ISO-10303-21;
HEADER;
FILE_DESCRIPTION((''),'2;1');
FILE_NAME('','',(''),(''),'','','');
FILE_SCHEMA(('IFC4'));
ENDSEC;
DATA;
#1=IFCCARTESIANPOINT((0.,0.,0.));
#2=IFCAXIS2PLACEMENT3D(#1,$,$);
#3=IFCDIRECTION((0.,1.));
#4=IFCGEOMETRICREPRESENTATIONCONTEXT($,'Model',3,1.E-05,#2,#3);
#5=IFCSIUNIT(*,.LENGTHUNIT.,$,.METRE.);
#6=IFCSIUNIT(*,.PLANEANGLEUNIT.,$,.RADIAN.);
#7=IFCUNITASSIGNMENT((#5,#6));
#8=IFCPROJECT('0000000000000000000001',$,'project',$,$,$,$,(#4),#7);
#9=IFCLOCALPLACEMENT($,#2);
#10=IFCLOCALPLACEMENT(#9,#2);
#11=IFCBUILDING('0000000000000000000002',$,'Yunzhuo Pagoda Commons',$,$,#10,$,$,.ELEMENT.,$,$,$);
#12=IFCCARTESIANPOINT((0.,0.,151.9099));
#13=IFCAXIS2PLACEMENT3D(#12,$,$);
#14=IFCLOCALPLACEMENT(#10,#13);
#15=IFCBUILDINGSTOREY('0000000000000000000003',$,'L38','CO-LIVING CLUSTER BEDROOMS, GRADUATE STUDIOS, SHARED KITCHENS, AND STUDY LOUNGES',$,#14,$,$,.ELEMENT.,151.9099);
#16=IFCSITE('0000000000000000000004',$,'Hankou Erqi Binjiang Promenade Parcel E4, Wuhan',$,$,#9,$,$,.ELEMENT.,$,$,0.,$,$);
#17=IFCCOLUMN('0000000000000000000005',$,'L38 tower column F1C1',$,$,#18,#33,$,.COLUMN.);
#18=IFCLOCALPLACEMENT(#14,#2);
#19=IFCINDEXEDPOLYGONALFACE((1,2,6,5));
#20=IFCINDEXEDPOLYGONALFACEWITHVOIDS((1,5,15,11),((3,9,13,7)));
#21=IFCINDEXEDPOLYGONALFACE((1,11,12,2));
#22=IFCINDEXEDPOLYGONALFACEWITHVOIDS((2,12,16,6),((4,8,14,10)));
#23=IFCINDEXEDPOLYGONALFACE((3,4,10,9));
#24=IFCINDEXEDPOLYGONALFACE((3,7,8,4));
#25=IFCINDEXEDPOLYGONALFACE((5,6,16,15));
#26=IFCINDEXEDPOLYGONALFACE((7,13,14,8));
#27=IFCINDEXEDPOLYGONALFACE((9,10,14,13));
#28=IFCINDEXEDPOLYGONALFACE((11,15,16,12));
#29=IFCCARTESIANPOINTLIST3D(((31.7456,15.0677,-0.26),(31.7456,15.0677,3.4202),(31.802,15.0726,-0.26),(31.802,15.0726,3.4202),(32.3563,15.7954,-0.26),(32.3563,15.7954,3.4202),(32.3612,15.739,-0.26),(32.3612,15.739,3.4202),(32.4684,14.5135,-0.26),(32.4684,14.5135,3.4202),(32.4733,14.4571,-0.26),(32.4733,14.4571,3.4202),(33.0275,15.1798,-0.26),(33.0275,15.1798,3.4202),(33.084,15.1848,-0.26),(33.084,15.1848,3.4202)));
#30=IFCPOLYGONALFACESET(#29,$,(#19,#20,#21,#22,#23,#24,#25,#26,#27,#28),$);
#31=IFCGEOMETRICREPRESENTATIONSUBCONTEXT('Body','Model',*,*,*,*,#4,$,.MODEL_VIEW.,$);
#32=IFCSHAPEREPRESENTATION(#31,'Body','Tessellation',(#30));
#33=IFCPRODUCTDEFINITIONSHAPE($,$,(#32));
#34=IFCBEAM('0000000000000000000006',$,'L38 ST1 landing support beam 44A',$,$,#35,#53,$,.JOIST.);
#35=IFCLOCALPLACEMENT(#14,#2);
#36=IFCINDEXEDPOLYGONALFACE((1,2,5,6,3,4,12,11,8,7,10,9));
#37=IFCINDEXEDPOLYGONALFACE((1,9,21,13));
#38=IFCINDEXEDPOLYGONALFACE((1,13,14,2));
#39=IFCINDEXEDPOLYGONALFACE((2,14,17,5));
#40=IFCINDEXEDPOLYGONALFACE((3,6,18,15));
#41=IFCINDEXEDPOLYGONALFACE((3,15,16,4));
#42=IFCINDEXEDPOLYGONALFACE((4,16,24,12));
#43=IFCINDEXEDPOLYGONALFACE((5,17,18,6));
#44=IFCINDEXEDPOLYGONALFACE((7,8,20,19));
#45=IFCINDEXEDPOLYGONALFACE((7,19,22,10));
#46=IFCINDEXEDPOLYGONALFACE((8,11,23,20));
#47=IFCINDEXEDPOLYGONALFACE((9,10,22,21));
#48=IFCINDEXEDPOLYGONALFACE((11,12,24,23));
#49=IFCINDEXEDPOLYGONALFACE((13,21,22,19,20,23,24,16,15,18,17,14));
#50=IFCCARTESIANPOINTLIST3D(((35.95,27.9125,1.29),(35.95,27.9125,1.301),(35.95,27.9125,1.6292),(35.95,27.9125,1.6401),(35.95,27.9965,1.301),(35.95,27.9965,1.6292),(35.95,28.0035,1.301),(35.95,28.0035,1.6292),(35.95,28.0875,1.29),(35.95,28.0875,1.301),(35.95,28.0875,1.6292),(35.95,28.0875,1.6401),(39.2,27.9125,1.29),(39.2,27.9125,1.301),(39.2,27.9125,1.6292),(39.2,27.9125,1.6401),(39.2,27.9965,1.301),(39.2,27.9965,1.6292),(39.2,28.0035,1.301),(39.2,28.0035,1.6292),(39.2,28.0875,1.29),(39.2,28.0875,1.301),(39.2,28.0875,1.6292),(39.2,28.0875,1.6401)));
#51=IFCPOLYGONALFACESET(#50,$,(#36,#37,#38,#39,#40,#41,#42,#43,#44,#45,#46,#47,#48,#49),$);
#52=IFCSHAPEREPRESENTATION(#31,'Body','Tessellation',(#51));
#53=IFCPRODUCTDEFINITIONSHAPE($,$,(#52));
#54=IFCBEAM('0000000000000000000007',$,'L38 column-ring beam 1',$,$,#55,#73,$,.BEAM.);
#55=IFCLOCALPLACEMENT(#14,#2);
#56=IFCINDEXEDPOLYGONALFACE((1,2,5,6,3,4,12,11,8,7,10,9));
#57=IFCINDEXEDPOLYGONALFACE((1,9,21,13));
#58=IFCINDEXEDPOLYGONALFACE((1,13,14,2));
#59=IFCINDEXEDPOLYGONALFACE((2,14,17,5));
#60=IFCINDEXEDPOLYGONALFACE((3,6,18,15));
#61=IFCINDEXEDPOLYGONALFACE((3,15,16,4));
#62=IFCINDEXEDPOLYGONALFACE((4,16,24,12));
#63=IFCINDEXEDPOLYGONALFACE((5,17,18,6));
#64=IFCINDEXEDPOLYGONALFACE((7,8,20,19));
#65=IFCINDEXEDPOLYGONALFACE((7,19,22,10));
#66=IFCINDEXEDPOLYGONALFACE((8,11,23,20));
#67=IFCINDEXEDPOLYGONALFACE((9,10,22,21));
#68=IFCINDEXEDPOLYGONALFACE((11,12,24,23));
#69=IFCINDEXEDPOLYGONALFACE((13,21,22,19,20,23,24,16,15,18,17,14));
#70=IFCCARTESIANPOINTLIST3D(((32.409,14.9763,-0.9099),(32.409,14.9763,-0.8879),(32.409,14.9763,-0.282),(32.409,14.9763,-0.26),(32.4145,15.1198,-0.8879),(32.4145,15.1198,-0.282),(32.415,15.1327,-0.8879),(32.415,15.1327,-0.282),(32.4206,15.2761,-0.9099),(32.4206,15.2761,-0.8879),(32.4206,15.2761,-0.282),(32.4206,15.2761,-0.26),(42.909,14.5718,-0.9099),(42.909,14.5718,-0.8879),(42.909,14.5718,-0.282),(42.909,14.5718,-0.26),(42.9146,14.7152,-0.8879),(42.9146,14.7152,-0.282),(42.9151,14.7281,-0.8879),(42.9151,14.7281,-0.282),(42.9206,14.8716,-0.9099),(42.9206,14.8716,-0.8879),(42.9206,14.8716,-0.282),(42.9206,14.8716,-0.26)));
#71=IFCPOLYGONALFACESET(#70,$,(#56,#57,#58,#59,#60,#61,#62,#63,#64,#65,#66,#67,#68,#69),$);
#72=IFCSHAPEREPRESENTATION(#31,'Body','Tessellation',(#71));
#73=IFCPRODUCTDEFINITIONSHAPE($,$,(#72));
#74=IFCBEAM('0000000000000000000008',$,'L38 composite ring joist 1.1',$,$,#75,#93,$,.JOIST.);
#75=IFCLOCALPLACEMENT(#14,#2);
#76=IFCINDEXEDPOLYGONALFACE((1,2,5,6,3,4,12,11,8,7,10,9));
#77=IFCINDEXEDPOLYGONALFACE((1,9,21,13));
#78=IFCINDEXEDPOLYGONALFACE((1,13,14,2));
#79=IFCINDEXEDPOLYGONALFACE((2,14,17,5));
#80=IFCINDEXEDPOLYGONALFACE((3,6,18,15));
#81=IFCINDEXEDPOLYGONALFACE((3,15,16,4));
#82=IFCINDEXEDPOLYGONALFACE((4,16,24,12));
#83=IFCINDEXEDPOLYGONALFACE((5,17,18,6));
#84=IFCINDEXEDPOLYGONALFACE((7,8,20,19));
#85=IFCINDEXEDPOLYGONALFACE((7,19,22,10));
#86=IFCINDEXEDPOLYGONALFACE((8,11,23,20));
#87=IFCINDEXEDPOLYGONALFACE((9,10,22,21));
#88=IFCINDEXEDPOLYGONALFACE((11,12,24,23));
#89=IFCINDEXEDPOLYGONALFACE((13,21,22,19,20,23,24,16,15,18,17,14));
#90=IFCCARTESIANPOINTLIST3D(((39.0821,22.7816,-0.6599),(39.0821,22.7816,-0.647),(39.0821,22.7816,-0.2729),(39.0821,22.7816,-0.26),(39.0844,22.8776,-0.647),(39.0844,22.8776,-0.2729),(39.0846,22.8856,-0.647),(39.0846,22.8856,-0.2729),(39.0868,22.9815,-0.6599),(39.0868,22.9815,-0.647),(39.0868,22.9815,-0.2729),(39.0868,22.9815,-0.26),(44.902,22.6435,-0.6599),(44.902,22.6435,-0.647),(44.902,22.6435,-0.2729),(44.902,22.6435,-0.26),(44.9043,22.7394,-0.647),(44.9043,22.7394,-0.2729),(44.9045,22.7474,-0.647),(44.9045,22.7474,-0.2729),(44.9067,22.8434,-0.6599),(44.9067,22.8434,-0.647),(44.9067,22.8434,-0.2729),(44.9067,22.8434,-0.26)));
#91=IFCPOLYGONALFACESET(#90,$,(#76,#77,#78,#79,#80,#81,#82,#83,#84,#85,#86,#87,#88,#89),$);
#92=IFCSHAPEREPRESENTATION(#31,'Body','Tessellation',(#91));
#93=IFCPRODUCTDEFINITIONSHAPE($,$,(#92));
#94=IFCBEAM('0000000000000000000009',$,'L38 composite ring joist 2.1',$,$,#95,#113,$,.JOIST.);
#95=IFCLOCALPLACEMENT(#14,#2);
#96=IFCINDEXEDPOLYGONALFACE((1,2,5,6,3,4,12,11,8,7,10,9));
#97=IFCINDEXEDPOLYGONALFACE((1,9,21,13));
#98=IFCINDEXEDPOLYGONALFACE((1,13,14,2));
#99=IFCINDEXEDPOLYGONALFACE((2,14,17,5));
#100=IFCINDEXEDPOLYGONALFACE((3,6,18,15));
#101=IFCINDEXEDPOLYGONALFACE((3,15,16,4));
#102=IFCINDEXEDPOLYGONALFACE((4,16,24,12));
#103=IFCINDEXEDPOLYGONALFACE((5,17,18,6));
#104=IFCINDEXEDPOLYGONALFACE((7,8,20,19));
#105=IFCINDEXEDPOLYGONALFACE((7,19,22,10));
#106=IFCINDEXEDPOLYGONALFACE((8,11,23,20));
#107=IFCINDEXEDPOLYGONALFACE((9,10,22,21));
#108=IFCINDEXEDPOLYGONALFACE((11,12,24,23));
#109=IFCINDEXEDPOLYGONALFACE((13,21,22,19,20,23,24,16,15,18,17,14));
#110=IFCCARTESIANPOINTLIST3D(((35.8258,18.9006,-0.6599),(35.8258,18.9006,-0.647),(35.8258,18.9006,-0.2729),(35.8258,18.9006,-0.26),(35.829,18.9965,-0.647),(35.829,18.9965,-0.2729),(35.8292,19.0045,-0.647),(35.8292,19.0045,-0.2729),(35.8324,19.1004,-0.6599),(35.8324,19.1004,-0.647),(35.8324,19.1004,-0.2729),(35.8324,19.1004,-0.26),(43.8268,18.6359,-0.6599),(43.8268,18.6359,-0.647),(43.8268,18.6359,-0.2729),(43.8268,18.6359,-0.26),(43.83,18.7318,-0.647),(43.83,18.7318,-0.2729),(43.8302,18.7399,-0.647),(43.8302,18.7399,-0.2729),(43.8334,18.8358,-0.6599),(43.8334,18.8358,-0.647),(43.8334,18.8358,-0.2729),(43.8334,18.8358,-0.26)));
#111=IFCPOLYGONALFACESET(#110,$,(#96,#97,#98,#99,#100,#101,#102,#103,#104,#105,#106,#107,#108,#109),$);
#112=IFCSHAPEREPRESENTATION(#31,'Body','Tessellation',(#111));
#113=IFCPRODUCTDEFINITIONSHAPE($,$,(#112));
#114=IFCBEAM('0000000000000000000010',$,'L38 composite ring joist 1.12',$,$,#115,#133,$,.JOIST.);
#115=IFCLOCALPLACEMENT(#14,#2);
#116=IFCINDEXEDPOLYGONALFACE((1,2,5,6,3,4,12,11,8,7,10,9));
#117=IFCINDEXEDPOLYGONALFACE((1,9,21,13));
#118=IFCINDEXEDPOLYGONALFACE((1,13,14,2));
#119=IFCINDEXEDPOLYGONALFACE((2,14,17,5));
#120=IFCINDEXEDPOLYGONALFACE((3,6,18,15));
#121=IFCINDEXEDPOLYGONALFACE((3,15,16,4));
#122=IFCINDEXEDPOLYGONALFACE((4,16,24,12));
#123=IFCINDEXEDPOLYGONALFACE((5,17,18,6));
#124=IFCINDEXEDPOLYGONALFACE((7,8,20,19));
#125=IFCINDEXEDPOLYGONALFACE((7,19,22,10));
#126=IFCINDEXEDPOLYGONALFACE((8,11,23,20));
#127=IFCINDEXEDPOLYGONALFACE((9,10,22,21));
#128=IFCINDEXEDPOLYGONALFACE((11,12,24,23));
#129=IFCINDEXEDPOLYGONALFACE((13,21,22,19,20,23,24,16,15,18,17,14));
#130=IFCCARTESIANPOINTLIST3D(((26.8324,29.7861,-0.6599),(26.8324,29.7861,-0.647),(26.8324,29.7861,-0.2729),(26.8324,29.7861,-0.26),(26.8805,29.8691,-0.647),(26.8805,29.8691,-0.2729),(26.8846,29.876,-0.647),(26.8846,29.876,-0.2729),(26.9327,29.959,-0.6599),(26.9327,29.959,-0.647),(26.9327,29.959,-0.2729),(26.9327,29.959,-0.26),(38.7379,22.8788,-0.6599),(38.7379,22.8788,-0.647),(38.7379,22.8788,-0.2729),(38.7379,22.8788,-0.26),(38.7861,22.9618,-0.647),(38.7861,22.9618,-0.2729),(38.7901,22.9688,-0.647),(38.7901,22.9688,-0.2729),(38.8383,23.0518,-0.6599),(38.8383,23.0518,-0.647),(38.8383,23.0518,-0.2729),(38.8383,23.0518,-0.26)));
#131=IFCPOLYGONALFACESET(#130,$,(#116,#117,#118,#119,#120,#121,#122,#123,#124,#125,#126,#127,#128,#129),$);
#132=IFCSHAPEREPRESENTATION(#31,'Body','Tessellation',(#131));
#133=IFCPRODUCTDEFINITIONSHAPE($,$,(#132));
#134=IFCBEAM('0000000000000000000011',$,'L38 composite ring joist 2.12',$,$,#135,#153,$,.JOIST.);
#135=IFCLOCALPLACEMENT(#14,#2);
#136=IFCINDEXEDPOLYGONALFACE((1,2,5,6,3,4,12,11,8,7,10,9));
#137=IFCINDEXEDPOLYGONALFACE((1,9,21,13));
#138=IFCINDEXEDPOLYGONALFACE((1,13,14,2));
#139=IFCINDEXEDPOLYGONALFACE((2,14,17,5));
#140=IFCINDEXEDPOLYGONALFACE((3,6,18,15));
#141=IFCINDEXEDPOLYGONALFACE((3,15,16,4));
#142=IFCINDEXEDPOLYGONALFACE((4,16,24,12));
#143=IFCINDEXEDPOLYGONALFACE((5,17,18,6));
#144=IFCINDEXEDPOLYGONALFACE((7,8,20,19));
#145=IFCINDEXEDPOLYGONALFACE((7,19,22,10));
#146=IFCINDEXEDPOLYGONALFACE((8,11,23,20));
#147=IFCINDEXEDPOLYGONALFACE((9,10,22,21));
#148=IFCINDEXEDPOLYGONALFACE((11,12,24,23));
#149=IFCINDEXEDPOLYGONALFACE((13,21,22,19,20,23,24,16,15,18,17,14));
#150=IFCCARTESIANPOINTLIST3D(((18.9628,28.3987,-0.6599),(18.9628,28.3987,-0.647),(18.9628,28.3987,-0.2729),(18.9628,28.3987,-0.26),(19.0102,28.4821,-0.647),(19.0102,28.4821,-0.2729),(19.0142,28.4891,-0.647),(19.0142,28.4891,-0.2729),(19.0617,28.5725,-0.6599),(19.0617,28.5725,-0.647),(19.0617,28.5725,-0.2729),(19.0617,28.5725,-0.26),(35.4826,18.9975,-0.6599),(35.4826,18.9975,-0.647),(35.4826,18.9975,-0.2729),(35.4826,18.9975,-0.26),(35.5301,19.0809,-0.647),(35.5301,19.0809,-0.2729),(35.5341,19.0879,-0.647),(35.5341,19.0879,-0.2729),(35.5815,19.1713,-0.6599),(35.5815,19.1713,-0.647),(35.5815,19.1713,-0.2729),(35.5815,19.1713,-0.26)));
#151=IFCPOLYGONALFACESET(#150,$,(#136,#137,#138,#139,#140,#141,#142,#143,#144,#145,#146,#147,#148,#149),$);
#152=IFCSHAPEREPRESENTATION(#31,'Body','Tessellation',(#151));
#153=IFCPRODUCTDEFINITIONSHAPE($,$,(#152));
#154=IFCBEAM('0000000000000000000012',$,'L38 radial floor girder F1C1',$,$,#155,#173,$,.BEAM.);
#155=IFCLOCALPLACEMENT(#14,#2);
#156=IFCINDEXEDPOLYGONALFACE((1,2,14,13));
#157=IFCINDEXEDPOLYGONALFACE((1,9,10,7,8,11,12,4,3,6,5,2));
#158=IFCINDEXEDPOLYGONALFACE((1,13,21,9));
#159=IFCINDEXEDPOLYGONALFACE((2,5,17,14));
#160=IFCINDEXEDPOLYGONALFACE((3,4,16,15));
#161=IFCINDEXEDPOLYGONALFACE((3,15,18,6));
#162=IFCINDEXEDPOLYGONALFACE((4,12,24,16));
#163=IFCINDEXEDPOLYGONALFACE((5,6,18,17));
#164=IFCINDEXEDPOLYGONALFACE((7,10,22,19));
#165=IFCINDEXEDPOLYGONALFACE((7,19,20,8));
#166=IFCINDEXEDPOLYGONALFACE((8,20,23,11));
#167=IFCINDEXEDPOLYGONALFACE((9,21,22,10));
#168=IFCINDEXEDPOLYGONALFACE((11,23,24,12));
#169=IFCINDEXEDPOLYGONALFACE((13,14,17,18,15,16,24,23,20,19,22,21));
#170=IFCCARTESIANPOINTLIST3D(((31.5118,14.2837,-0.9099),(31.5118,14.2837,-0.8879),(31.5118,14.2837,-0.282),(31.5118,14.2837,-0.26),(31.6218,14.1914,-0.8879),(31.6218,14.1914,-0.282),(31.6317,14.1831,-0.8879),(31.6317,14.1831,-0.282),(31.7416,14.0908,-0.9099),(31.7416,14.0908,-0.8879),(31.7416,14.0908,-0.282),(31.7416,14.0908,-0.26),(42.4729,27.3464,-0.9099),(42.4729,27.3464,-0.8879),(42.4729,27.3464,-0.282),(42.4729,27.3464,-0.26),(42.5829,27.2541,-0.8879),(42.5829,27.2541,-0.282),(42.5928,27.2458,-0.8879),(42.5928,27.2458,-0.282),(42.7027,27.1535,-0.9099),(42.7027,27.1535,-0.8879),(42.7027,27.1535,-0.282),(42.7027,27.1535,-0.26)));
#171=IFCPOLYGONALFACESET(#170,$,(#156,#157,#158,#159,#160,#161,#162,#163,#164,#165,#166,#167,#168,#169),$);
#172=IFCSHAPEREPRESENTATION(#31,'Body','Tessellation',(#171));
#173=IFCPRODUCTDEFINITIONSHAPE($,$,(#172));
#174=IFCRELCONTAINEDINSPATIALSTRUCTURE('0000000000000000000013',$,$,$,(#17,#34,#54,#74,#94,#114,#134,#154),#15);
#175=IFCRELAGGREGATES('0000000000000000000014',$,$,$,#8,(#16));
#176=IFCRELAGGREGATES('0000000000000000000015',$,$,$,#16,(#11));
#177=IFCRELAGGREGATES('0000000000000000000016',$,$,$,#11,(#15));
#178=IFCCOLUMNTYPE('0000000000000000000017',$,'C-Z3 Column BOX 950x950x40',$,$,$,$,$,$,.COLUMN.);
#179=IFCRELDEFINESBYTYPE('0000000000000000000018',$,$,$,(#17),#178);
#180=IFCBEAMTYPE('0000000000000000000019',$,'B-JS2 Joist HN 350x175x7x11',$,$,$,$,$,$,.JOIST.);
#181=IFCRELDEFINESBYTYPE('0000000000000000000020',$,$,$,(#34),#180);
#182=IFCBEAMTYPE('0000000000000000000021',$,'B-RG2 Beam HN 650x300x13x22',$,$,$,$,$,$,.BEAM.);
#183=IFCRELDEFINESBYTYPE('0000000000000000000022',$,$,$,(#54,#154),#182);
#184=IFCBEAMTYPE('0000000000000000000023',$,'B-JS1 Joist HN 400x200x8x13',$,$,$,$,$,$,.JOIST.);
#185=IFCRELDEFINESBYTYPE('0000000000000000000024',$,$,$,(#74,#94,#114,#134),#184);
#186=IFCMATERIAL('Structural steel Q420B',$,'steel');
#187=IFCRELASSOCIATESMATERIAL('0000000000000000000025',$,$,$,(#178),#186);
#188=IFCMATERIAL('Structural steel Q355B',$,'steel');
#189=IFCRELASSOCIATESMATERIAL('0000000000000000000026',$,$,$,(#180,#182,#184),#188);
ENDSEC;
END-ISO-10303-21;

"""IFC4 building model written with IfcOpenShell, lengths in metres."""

from ifc_helpers import new_model, si_unit, direction, frame, origin, origin_2d, place, context, subcontext, project, spatial, hollow_rectangle, i_section, extrude, source, transform, mapped, material, material_profile, profile_set, type_object, element, save


model = new_model("IFC4")

# Units and contexts
model_context = context("Model", 3, precision=1e-05, world=origin(), true_north=direction((0.0, 1.0)))
body_context = subcontext(model_context, "Body", "Model", "MODEL_VIEW")
ifc_project = project(units=[si_unit("LENGTHUNIT", "METRE"), si_unit("PLANEANGLEUNIT", "RADIAN")], contexts=[model_context])

# Site, building, storey
site_placement = place(None, origin())
site = spatial("IfcSite", under=ifc_project, at=site_placement, Name="Hankou Erqi Binjiang Promenade Parcel E4, Wuhan", CompositionType="ELEMENT", RefElevation=0.0)
building_placement = place(site_placement, origin())
building = spatial("IfcBuilding", under=site, at=building_placement, Name="Yunzhuo Pagoda Commons", CompositionType="ELEMENT")
storey_placement = place(building_placement, frame((0.0, 0.0, 151.9099)))
storey = spatial("IfcBuildingStorey", under=building, at=storey_placement, Name="L38", Description="CO-LIVING CLUSTER BEDROOMS, GRADUATE STUDIOS, SHARED KITCHENS, AND STUDY LOUNGES", CompositionType="ELEMENT", Elevation=151.9099)

# Column
ifc_material_1 = material(Name="Structural steel Q420B", Category="steel")
ifc_material_profile_1 = material_profile(ifc_material_1, hollow_rectangle(XDim=0.95, YDim=0.95, WallThickness=0.04, at=origin_2d()), Name="Structural steel Q420B")
ifc_profile_set_1 = profile_set([ifc_material_profile_1], Name="Structural steel Q420B")
column_type = type_object("IfcColumnType", Name="C-Z3 Column BOX 950x950x40", PredefinedType="COLUMN", material=ifc_profile_set_1)
shared_shape_1 = source(origin(), body_context, "Body", "SweptSolid", [
    extrude(hollow_rectangle(XDim=0.95, YDim=0.95, WallThickness=0.04, at=origin_2d()), origin(), (0.0, 0.0, 1.0), 3.6802),
])
column_placement = place(storey_placement, frame((32.4148, 15.1262, -0.26), z_axis=(0.0, 0.0, 1.0), x_axis=(0.766044, -0.642788, 0.0)))
element("IfcColumn", 1, at=column_placement, inside=storey, type_object=column_type, Name="L38 tower column F1C1", PredefinedType="COLUMN", context=body_context, shape_type="MappedRepresentation", body=[
    mapped(shared_shape_1, transform((0.0, 0.0, 0.0), scale=1.0)),
])

# Beams
ifc_material_2 = material(Name="Structural steel Q355B", Category="steel")
ifc_material_profile_2 = material_profile(ifc_material_2, i_section(OverallWidth=0.175, OverallDepth=0.3501, WebThickness=0.0071, FlangeThickness=0.011, at=origin_2d()), Name="Structural steel Q355B")
ifc_profile_set_2 = profile_set([ifc_material_profile_2], Name="Structural steel Q355B")
beam_type_1 = type_object("IfcBeamType", Name="B-JS2 Joist HN 350x175x7x11", PredefinedType="JOIST", material=ifc_profile_set_2)
shared_shape_2 = source(origin(), body_context, "Body", "SweptSolid", [
    extrude(i_section(OverallWidth=0.175, OverallDepth=0.3501, WebThickness=0.0071, FlangeThickness=0.011, at=origin_2d()), origin(), (0.0, 0.0, 1.0), 3.25),
])
beam_1_placement = place(storey_placement, frame((35.95, 28.0, 1.4651), z_axis=(1.0, 0.0, 0.0), x_axis=(0.0, 1.0, 0.0)))
element("IfcBeam", 2, at=beam_1_placement, inside=storey, type_object=beam_type_1, Name="L38 ST1 landing support beam 44A", PredefinedType="JOIST", context=body_context, shape_type="MappedRepresentation", body=[
    mapped(shared_shape_2, transform((0.0, 0.0, 0.0), scale=1.0)),
])
ifc_material_profile_3 = material_profile(ifc_material_2, i_section(OverallWidth=0.3, OverallDepth=0.6499, WebThickness=0.0129, FlangeThickness=0.022, at=origin_2d()), Name="Structural steel Q355B")
ifc_profile_set_3 = profile_set([ifc_material_profile_3], Name="Structural steel Q355B")
beam_type_2 = type_object("IfcBeamType", Name="B-RG2 Beam HN 650x300x13x22", PredefinedType="BEAM", material=ifc_profile_set_3)
shared_shape_3 = source(origin(), body_context, "Body", "SweptSolid", [
    extrude(i_section(OverallWidth=0.3, OverallDepth=0.6499, WebThickness=0.0129, FlangeThickness=0.022, at=origin_2d()), origin(), (0.0, 0.0, 1.0), 10.5078),
])
beam_2_placement = place(storey_placement, frame((32.4148, 15.1262, -0.585), z_axis=(0.999259, -0.038499, 0.0), x_axis=(0.038499, 0.999259, 0.0)))
element("IfcBeam", 3, at=beam_2_placement, inside=storey, type_object=beam_type_2, Name="L38 column-ring beam 1", PredefinedType="BEAM", context=body_context, shape_type="MappedRepresentation", body=[
    mapped(shared_shape_3, transform((0.0, 0.0, 0.0), scale=1.0)),
])
ifc_material_profile_4 = material_profile(ifc_material_2, i_section(OverallWidth=0.2, OverallDepth=0.3999, WebThickness=0.0081, FlangeThickness=0.0129, at=origin_2d()), Name="Structural steel Q355B")
ifc_profile_set_4 = profile_set([ifc_material_profile_4], Name="Structural steel Q355B")
beam_type_3 = type_object("IfcBeamType", Name="B-JS1 Joist HN 400x200x8x13", PredefinedType="JOIST", material=ifc_profile_set_4)
shared_shape_4 = source(origin(), body_context, "Body", "SweptSolid", [
    extrude(i_section(OverallWidth=0.2, OverallDepth=0.3999, WebThickness=0.0081, FlangeThickness=0.0129, at=origin_2d()), origin(), (0.0, 0.0, 1.0), 5.8215),
])
beam_3_placement = place(storey_placement, frame((39.0845, 22.8816, -0.46), z_axis=(0.999718, -0.023737, 0.0), x_axis=(0.023737, 0.999718, 0.0)))
element("IfcBeam", 4, at=beam_3_placement, inside=storey, type_object=beam_type_3, Name="L38 composite ring joist 1.1", PredefinedType="JOIST", context=body_context, shape_type="MappedRepresentation", body=[
    mapped(shared_shape_4, transform((0.0, 0.0, 0.0), scale=1.0)),
])
shared_shape_5 = source(origin(), body_context, "Body", "SweptSolid", [
    extrude(i_section(OverallWidth=0.2, OverallDepth=0.3999, WebThickness=0.0081, FlangeThickness=0.0129, at=origin_2d()), origin(), (0.0, 0.0, 1.0), 8.0054),
])
beam_4_placement = place(storey_placement, frame((35.8291, 19.0005, -0.46), z_axis=(0.999453, -0.033059, 0.0), x_axis=(0.033059, 0.999453, 0.0)))
element("IfcBeam", 5, at=beam_4_placement, inside=storey, type_object=beam_type_3, Name="L38 composite ring joist 2.1", PredefinedType="JOIST", context=body_context, shape_type="MappedRepresentation", body=[
    mapped(shared_shape_5, transform((0.0, 0.0, 0.0), scale=1.0)),
])
shared_shape_6 = source(origin(), body_context, "Body", "SweptSolid", [
    extrude(i_section(OverallWidth=0.2, OverallDepth=0.3999, WebThickness=0.0081, FlangeThickness=0.0129, at=origin_2d()), origin(), (0.0, 0.0, 1.0), 13.7642),
])
beam_5_placement = place(storey_placement, frame((26.8826, 29.8726, -0.46), z_axis=(0.864967, -0.501828, 0.0), x_axis=(0.501828, 0.864967, 0.0)))
element("IfcBeam", 6, at=beam_5_placement, inside=storey, type_object=beam_type_3, Name="L38 composite ring joist 1.12", PredefinedType="JOIST", context=body_context, shape_type="MappedRepresentation", body=[
    mapped(shared_shape_6, transform((0.0, 0.0, 0.0), scale=1.0)),
])
shared_shape_7 = source(origin(), body_context, "Body", "SweptSolid", [
    extrude(i_section(OverallWidth=0.2, OverallDepth=0.3999, WebThickness=0.0081, FlangeThickness=0.0129, at=origin_2d()), origin(), (0.0, 0.0, 1.0), 19.0076),
])
beam_6_placement = place(storey_placement, frame((19.0122, 28.4856, -0.46), z_axis=(0.86912, -0.494601, 0.0), x_axis=(0.494601, 0.86912, 0.0)))
element("IfcBeam", 7, at=beam_6_placement, inside=storey, type_object=beam_type_3, Name="L38 composite ring joist 2.12", PredefinedType="JOIST", context=body_context, shape_type="MappedRepresentation", body=[
    mapped(shared_shape_7, transform((0.0, 0.0, 0.0), scale=1.0)),
])
shared_shape_8 = source(origin(), body_context, "Body", "SweptSolid", [
    extrude(i_section(OverallWidth=0.3, OverallDepth=0.6499, WebThickness=0.0129, FlangeThickness=0.022, at=origin_2d()), origin(), (0.0, 0.0, 1.0), 17.0522),
])
beam_7_placement = place(storey_placement, frame((31.6267, 14.1873, -0.585), z_axis=(0.642796, 0.766038, 0.0), x_axis=(-0.766038, 0.642796, 0.0)))
element("IfcBeam", 8, at=beam_7_placement, inside=storey, type_object=beam_type_2, Name="L38 radial floor girder F1C1", PredefinedType="BEAM", context=body_context, shape_type="MappedRepresentation", body=[
    mapped(shared_shape_8, transform((0.0, 0.0, 0.0), scale=1.0)),
])

save(model, "model.ifc")
